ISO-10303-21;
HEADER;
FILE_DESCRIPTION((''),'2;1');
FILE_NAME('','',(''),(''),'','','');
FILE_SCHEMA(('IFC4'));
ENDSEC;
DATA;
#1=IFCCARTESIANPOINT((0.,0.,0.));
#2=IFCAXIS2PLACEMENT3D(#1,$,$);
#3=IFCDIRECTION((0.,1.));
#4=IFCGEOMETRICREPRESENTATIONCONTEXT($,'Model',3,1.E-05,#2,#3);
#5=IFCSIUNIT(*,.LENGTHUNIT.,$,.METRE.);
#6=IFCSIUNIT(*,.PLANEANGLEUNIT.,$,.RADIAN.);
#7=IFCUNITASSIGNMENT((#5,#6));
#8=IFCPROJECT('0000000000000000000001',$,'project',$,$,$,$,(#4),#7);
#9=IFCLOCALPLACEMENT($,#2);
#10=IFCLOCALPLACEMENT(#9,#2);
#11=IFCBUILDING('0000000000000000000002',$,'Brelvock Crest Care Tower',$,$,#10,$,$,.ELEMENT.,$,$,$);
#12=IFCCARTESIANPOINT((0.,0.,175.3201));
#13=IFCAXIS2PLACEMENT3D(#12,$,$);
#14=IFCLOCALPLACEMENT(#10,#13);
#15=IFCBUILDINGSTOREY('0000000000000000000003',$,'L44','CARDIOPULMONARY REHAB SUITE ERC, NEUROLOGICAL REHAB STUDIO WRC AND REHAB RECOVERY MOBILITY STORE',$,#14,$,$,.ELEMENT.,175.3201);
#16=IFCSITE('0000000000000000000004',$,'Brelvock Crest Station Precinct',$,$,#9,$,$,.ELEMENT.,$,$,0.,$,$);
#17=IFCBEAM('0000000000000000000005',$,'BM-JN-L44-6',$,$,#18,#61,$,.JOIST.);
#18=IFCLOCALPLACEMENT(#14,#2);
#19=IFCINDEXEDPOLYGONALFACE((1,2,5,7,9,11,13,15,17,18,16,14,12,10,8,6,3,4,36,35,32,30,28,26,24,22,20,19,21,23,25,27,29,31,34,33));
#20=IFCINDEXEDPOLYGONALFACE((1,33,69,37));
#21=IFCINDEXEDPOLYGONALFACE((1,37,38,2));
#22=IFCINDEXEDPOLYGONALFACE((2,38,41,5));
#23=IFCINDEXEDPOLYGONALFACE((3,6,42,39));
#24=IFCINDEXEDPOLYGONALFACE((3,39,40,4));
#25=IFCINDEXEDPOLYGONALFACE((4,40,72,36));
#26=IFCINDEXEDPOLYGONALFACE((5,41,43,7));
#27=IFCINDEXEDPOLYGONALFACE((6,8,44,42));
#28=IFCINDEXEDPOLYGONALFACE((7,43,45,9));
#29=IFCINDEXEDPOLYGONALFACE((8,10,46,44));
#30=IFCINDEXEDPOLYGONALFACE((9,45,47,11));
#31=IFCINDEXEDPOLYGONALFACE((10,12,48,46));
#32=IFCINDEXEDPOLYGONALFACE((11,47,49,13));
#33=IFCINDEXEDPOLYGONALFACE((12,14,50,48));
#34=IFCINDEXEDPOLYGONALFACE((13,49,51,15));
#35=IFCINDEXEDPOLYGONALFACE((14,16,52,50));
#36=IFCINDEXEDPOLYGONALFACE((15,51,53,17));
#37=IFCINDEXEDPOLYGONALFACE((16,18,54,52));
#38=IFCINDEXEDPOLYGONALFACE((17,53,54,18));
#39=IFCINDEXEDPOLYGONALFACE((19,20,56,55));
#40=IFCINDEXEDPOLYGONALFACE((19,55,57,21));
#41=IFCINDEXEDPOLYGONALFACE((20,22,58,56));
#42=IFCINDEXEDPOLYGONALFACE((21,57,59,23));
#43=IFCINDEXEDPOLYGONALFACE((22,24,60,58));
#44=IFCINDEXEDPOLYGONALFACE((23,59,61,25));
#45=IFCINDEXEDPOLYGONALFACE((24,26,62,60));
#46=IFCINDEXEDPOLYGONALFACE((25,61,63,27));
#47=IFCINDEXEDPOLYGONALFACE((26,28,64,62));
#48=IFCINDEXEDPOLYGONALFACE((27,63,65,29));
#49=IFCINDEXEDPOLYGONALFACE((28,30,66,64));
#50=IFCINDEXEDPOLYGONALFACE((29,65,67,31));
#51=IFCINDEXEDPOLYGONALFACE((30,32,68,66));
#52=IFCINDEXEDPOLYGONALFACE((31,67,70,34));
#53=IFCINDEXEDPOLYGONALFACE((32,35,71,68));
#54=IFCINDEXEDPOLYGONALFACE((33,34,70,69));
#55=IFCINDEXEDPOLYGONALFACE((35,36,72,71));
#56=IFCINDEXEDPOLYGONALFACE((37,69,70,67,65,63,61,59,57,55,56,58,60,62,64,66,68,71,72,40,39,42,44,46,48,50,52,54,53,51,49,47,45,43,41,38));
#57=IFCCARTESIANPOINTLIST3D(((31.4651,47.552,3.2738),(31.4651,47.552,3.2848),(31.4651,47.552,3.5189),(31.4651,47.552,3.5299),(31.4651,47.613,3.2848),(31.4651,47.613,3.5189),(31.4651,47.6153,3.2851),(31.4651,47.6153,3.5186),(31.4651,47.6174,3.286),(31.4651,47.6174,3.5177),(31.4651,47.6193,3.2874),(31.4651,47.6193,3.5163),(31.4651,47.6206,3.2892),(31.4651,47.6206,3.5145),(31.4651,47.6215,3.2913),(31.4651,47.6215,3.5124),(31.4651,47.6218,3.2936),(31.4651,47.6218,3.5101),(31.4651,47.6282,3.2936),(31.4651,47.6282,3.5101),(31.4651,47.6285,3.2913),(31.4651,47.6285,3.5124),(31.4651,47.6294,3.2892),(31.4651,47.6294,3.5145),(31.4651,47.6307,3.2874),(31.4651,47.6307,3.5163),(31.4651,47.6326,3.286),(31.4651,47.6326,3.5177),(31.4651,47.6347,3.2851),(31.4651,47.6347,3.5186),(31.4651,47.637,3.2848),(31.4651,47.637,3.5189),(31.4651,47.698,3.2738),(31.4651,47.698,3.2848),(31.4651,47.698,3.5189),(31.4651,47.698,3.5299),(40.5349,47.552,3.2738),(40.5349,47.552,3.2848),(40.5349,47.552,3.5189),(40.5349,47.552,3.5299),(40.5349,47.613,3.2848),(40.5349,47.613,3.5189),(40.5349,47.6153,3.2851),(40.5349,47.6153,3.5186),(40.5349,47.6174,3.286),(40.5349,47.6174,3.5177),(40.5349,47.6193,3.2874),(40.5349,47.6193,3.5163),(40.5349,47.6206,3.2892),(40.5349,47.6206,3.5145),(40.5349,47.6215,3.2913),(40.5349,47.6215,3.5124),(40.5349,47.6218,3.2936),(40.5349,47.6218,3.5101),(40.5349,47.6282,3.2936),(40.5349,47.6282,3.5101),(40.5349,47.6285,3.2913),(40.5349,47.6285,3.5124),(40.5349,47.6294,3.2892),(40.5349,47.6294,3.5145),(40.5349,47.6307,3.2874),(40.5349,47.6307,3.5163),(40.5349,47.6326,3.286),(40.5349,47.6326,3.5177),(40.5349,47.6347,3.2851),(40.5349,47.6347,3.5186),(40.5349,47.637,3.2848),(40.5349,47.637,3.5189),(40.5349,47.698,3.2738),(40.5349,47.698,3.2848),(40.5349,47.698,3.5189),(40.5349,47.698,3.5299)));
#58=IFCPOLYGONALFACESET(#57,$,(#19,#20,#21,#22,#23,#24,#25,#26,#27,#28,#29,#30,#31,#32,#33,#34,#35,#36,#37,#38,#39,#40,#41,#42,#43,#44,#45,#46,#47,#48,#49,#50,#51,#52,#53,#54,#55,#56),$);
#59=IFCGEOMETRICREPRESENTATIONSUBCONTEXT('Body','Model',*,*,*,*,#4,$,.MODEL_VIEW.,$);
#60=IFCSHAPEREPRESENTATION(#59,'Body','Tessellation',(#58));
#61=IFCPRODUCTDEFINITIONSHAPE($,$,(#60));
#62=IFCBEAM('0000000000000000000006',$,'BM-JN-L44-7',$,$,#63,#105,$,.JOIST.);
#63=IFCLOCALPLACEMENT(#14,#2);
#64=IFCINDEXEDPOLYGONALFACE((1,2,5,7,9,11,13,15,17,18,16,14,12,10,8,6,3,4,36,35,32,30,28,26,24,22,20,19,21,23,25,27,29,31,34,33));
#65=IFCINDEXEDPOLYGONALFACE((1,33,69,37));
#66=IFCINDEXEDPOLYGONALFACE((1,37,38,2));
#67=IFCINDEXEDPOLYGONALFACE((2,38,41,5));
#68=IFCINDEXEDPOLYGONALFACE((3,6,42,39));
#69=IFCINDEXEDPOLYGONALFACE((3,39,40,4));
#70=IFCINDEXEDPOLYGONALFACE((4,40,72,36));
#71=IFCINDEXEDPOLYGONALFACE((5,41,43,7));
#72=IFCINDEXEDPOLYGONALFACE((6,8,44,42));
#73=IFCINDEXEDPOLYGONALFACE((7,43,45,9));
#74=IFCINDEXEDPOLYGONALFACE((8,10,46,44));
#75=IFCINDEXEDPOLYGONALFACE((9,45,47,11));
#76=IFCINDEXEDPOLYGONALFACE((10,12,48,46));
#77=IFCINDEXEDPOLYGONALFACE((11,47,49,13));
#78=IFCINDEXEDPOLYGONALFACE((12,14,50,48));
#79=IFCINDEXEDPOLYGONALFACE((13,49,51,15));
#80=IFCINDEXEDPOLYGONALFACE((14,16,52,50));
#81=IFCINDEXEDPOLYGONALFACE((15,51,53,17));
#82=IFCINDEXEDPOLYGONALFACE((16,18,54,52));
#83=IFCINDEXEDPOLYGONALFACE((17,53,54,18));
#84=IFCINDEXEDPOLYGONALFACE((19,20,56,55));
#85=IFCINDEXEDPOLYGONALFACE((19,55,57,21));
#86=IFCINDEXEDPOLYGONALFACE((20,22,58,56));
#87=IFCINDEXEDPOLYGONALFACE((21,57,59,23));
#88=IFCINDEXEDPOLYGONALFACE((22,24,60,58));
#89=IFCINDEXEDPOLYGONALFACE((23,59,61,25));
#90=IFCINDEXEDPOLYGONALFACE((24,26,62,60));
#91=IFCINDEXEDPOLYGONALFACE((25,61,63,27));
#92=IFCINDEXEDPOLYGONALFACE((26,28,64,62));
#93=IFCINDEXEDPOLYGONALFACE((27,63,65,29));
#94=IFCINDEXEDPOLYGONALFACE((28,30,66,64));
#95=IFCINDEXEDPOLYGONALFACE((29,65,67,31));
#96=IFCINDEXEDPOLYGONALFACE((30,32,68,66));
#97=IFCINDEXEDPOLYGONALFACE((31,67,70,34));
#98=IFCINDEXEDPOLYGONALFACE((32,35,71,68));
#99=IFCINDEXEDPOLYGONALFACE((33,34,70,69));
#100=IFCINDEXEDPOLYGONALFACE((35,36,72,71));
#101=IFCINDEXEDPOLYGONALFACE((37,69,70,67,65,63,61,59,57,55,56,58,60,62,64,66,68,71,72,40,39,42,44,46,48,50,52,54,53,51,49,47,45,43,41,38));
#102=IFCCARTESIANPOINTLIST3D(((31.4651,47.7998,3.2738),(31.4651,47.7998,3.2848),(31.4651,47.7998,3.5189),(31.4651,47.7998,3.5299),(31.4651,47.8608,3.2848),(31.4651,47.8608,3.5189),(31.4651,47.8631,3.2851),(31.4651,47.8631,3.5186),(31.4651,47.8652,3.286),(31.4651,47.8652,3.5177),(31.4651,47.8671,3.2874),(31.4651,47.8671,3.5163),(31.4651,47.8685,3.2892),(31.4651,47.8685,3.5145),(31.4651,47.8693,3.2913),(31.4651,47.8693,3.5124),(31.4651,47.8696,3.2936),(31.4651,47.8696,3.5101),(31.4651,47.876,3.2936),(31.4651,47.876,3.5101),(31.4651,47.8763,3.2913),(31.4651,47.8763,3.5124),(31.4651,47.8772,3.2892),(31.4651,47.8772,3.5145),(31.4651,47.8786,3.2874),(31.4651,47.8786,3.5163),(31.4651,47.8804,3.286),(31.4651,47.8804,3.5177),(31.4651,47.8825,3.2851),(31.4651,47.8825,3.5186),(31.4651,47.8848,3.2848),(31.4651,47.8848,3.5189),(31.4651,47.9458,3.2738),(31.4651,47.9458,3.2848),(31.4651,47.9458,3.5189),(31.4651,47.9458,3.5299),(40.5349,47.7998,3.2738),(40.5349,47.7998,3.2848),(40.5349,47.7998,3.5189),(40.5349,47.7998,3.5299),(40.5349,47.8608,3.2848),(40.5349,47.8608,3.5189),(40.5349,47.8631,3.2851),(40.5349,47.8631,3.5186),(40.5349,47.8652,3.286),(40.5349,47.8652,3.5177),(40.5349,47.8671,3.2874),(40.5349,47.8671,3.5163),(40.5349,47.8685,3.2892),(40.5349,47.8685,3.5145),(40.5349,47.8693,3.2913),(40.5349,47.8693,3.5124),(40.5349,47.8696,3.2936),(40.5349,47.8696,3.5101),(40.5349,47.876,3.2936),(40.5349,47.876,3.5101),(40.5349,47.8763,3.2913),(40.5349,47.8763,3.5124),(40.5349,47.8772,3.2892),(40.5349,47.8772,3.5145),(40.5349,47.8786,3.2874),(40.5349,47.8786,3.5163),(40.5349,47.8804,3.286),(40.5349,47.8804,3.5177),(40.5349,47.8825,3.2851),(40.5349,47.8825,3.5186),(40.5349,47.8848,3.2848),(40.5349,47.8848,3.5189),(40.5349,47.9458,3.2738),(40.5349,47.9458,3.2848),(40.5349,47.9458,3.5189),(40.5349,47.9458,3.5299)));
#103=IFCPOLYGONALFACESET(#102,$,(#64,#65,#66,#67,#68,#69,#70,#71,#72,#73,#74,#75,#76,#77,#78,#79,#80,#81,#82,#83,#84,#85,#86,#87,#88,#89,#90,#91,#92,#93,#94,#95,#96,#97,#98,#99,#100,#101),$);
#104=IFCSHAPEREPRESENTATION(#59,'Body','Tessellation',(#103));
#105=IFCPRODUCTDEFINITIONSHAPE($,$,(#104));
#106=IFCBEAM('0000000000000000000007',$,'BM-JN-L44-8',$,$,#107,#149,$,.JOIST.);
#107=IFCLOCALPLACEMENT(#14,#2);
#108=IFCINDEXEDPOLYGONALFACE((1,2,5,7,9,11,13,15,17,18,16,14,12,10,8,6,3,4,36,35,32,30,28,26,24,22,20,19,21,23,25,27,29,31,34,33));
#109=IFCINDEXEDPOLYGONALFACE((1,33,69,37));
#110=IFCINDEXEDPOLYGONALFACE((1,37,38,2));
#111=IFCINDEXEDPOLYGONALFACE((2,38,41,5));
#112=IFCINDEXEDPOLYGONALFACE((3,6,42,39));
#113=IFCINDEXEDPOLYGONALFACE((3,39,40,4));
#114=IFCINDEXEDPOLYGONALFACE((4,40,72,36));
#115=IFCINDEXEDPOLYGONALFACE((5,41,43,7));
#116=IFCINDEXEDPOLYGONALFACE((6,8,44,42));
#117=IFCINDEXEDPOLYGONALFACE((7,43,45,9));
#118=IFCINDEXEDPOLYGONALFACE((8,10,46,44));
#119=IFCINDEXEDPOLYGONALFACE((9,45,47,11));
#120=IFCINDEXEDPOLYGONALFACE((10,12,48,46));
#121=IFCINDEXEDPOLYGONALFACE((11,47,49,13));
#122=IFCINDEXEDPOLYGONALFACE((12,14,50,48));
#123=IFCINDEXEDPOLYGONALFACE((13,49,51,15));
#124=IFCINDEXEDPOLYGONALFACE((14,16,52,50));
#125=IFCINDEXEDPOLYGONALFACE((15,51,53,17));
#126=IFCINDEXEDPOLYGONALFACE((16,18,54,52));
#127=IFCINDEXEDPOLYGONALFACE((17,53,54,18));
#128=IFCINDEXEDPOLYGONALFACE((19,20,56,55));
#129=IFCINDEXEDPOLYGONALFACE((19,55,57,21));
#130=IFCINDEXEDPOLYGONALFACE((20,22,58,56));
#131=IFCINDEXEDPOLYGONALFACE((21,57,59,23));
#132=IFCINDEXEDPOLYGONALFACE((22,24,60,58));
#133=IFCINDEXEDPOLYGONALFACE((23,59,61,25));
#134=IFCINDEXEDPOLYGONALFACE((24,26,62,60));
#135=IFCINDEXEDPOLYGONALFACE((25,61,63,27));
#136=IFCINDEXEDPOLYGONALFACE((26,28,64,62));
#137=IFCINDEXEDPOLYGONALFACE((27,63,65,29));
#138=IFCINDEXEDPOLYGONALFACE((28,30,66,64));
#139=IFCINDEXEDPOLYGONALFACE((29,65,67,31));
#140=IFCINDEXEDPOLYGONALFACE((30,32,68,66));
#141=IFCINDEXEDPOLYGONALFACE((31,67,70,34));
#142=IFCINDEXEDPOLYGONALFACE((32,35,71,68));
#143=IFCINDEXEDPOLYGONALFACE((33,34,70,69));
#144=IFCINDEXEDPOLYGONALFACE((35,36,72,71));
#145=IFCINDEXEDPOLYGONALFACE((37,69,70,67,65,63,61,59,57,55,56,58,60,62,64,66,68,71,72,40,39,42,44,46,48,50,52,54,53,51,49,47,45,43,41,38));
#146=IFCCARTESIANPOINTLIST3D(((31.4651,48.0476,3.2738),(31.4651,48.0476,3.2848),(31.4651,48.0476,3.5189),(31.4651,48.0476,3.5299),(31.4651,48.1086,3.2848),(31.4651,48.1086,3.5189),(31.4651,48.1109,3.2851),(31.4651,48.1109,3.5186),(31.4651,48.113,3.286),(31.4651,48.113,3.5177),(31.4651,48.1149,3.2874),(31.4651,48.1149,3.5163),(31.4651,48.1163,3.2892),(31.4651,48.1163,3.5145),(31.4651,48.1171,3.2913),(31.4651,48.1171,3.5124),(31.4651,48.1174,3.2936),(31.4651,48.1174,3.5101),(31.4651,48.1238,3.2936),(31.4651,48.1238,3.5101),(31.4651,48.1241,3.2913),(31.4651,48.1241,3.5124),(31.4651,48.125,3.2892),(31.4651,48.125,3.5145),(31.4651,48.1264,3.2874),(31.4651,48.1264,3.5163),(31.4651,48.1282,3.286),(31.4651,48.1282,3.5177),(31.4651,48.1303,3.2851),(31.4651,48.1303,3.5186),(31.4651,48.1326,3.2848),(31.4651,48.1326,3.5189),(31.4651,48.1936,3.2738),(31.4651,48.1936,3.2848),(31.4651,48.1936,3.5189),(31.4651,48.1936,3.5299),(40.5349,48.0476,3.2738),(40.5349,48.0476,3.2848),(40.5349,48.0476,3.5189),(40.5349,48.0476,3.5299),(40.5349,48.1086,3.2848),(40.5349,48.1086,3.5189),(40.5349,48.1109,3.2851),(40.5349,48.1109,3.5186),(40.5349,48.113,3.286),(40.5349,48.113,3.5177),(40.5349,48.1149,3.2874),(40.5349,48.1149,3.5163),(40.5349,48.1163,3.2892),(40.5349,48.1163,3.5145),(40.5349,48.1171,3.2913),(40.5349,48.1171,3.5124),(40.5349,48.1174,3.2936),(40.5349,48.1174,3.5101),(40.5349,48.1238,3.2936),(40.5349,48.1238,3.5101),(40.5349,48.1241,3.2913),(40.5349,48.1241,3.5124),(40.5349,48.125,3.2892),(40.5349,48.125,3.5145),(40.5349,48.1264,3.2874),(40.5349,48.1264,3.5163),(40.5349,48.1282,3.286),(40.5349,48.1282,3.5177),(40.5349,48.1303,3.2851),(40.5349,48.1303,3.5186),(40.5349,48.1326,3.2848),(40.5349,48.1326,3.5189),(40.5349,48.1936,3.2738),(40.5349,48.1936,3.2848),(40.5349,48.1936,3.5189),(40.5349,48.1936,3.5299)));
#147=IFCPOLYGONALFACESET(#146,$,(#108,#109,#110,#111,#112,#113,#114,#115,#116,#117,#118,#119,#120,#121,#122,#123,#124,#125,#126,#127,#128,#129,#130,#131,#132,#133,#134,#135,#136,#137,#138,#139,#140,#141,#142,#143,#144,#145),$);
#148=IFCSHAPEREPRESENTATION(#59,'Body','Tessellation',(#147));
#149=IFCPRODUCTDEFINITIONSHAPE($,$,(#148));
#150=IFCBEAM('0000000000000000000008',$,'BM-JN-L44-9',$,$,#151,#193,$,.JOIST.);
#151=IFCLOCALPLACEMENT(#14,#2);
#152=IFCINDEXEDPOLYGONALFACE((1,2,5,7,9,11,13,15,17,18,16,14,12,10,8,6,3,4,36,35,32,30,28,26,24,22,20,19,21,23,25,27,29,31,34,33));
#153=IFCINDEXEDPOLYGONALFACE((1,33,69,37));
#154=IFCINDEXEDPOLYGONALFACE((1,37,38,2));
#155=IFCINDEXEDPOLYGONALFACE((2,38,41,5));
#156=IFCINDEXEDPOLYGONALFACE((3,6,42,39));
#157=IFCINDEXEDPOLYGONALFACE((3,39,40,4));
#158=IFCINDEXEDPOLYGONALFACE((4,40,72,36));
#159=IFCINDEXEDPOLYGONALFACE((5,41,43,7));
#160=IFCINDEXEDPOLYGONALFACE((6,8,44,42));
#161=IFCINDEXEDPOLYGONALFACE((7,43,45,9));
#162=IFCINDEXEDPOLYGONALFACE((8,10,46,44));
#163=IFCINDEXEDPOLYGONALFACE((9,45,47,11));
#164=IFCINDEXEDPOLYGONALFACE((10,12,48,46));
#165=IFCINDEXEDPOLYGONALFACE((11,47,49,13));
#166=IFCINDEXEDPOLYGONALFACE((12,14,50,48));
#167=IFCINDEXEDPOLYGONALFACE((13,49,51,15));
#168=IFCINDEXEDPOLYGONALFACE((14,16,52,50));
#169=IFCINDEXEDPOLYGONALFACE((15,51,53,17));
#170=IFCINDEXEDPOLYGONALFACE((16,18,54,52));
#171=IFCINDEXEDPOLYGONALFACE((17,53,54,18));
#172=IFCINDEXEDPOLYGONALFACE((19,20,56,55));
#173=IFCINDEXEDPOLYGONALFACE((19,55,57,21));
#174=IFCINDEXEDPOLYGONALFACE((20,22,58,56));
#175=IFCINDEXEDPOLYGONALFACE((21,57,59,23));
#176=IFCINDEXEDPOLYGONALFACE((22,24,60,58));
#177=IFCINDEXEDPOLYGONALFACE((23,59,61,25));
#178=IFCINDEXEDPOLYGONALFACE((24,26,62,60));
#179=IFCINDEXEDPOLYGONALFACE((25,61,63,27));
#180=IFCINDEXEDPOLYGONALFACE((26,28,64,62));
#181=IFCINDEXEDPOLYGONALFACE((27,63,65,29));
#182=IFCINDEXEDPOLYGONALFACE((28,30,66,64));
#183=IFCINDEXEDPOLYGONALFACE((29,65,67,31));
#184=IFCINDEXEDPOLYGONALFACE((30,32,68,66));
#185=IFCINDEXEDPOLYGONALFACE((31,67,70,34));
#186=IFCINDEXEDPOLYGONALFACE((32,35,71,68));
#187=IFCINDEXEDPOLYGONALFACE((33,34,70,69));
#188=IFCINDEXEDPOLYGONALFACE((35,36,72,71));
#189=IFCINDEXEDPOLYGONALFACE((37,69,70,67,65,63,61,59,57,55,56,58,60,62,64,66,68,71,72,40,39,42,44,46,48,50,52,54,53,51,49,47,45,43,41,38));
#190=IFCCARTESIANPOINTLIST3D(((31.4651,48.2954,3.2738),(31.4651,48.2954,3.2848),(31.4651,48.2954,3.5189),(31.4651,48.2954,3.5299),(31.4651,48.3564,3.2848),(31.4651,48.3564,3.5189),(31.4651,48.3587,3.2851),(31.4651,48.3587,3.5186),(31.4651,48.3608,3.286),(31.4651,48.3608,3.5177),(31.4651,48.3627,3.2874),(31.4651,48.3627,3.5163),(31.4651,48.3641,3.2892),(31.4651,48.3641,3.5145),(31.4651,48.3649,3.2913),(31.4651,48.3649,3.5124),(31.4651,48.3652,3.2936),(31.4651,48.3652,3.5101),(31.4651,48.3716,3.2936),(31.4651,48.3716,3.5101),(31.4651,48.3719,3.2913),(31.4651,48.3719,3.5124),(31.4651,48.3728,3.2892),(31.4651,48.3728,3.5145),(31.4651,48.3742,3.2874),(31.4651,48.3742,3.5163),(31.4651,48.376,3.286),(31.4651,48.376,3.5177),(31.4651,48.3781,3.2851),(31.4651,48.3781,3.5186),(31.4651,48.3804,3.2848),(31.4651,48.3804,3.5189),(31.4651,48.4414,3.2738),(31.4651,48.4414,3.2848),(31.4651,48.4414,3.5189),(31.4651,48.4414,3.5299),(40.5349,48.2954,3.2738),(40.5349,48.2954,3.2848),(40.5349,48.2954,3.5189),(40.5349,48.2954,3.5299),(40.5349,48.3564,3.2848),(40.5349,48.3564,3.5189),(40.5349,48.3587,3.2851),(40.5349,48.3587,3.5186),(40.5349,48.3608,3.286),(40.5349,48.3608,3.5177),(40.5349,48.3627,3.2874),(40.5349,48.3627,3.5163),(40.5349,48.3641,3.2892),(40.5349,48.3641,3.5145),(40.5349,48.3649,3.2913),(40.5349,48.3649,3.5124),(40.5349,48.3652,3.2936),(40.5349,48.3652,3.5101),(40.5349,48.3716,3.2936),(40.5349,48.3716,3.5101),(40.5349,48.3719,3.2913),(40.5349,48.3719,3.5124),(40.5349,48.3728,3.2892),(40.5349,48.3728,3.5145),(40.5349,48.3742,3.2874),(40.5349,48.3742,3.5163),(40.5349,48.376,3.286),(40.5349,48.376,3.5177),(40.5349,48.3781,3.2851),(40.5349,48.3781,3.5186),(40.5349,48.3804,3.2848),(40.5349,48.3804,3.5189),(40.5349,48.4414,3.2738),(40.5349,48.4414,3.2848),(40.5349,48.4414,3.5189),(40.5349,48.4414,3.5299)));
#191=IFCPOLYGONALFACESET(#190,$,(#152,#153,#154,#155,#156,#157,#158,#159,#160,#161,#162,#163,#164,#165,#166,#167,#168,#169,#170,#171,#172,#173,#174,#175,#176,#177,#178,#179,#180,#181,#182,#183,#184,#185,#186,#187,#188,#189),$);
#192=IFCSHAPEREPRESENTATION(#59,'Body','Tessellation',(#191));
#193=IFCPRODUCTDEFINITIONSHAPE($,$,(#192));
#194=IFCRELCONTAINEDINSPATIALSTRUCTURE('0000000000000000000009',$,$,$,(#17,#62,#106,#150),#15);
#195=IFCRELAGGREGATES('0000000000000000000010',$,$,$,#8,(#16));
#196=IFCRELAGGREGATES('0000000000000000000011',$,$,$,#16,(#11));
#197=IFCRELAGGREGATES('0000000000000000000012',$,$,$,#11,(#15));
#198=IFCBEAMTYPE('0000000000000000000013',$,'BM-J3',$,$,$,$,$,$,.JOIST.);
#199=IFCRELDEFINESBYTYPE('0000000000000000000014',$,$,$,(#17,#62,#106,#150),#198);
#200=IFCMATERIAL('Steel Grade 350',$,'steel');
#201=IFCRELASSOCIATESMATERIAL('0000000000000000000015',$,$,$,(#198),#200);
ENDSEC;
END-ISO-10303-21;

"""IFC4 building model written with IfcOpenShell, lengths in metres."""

from ifc_helpers import new_model, si_unit, direction, frame, origin, origin_2d, place, context, subcontext, project, spatial, i_section, extrude, source, transform, mapped, material, material_profile, profile_set, type_object, element, save


model = new_model("IFC4")

# Units and contexts
model_context = context("Model", 3, precision=1e-05, world=origin(), true_north=direction((0.0, 1.0)))
body_context = subcontext(model_context, "Body", "Model", "MODEL_VIEW")
ifc_project = project(units=[si_unit("LENGTHUNIT", "METRE"), si_unit("PLANEANGLEUNIT", "RADIAN")], contexts=[model_context])

# Site, building, storey
site_placement = place(None, origin())
site = spatial("IfcSite", under=ifc_project, at=site_placement, Name="Brelvock Crest Station Precinct", CompositionType="ELEMENT", RefElevation=0.0)
building_placement = place(site_placement, origin())
building = spatial("IfcBuilding", under=site, at=building_placement, Name="Brelvock Crest Care Tower", CompositionType="ELEMENT")
storey_placement = place(building_placement, frame((0.0, 0.0, 175.3201)))
storey = spatial("IfcBuildingStorey", under=building, at=storey_placement, Name="L44", Description="CARDIOPULMONARY REHAB SUITE ERC, NEUROLOGICAL REHAB STUDIO WRC AND REHAB RECOVERY MOBILITY STORE", CompositionType="ELEMENT", Elevation=175.3201)

# Shared definitions
ifc_material_1 = material(Name="Steel Grade 350", Category="steel")

# Beams
ifc_material_profile_1 = material_profile(ifc_material_1, i_section(OverallWidth=0.146, OverallDepth=0.2561, WebThickness=0.0063, FlangeThickness=0.011, FilletRadius=0.0088, at=origin_2d()), Name="250UB37.3")
ifc_profile_set_1 = profile_set([ifc_material_profile_1], Name="Steel Grade 350")
beam_type_1 = type_object("IfcBeamType", Name="BM-J3", PredefinedType="JOIST", material=ifc_profile_set_1)
shared_shape_1 = source(origin(), body_context, "Body", "SweptSolid", [
    extrude(i_section(OverallWidth=0.146, OverallDepth=0.2561, WebThickness=0.0063, FlangeThickness=0.011, FilletRadius=0.0088, at=origin_2d()), origin(), (0.0, 0.0, 1.0), 9.0698),
])
for number, where, z_axis, x_axis, name in (
    (1, (31.4651, 47.625, 3.4019), (1.0, 0.0, 0.0), (0.0, 1.0, 0.0), "BM-JN-L44-6"),
    (2, (31.4651, 47.8728, 3.4019), (1.0, 0.0, 0.0), (0.0, 1.0, 0.0), "BM-JN-L44-7"),
    (3, (31.4651, 48.1206, 3.4019), (1.0, 0.0, 0.0), (0.0, 1.0, 0.0), "BM-JN-L44-8"),
    (4, (31.4651, 48.3684, 3.4019), (1.0, 0.0, 0.0), (0.0, 1.0, 0.0), "BM-JN-L44-9"),
):
    element("IfcBeam", number, at=place(storey_placement, frame(where, z_axis=z_axis, x_axis=x_axis)), inside=storey, type_object=beam_type_1, Name=name, PredefinedType="JOIST", context=body_context, shape_type="MappedRepresentation", body=[
        mapped(shared_shape_1, transform((0.0, 0.0, 0.0), x_axis=(1.0, 0.0, 0.0), y_axis=(0.0, 1.0, 0.0), z_axis=(0.0, 0.0, 1.0), scale=1.0)),
    ])

save(model, "model.ifc")
